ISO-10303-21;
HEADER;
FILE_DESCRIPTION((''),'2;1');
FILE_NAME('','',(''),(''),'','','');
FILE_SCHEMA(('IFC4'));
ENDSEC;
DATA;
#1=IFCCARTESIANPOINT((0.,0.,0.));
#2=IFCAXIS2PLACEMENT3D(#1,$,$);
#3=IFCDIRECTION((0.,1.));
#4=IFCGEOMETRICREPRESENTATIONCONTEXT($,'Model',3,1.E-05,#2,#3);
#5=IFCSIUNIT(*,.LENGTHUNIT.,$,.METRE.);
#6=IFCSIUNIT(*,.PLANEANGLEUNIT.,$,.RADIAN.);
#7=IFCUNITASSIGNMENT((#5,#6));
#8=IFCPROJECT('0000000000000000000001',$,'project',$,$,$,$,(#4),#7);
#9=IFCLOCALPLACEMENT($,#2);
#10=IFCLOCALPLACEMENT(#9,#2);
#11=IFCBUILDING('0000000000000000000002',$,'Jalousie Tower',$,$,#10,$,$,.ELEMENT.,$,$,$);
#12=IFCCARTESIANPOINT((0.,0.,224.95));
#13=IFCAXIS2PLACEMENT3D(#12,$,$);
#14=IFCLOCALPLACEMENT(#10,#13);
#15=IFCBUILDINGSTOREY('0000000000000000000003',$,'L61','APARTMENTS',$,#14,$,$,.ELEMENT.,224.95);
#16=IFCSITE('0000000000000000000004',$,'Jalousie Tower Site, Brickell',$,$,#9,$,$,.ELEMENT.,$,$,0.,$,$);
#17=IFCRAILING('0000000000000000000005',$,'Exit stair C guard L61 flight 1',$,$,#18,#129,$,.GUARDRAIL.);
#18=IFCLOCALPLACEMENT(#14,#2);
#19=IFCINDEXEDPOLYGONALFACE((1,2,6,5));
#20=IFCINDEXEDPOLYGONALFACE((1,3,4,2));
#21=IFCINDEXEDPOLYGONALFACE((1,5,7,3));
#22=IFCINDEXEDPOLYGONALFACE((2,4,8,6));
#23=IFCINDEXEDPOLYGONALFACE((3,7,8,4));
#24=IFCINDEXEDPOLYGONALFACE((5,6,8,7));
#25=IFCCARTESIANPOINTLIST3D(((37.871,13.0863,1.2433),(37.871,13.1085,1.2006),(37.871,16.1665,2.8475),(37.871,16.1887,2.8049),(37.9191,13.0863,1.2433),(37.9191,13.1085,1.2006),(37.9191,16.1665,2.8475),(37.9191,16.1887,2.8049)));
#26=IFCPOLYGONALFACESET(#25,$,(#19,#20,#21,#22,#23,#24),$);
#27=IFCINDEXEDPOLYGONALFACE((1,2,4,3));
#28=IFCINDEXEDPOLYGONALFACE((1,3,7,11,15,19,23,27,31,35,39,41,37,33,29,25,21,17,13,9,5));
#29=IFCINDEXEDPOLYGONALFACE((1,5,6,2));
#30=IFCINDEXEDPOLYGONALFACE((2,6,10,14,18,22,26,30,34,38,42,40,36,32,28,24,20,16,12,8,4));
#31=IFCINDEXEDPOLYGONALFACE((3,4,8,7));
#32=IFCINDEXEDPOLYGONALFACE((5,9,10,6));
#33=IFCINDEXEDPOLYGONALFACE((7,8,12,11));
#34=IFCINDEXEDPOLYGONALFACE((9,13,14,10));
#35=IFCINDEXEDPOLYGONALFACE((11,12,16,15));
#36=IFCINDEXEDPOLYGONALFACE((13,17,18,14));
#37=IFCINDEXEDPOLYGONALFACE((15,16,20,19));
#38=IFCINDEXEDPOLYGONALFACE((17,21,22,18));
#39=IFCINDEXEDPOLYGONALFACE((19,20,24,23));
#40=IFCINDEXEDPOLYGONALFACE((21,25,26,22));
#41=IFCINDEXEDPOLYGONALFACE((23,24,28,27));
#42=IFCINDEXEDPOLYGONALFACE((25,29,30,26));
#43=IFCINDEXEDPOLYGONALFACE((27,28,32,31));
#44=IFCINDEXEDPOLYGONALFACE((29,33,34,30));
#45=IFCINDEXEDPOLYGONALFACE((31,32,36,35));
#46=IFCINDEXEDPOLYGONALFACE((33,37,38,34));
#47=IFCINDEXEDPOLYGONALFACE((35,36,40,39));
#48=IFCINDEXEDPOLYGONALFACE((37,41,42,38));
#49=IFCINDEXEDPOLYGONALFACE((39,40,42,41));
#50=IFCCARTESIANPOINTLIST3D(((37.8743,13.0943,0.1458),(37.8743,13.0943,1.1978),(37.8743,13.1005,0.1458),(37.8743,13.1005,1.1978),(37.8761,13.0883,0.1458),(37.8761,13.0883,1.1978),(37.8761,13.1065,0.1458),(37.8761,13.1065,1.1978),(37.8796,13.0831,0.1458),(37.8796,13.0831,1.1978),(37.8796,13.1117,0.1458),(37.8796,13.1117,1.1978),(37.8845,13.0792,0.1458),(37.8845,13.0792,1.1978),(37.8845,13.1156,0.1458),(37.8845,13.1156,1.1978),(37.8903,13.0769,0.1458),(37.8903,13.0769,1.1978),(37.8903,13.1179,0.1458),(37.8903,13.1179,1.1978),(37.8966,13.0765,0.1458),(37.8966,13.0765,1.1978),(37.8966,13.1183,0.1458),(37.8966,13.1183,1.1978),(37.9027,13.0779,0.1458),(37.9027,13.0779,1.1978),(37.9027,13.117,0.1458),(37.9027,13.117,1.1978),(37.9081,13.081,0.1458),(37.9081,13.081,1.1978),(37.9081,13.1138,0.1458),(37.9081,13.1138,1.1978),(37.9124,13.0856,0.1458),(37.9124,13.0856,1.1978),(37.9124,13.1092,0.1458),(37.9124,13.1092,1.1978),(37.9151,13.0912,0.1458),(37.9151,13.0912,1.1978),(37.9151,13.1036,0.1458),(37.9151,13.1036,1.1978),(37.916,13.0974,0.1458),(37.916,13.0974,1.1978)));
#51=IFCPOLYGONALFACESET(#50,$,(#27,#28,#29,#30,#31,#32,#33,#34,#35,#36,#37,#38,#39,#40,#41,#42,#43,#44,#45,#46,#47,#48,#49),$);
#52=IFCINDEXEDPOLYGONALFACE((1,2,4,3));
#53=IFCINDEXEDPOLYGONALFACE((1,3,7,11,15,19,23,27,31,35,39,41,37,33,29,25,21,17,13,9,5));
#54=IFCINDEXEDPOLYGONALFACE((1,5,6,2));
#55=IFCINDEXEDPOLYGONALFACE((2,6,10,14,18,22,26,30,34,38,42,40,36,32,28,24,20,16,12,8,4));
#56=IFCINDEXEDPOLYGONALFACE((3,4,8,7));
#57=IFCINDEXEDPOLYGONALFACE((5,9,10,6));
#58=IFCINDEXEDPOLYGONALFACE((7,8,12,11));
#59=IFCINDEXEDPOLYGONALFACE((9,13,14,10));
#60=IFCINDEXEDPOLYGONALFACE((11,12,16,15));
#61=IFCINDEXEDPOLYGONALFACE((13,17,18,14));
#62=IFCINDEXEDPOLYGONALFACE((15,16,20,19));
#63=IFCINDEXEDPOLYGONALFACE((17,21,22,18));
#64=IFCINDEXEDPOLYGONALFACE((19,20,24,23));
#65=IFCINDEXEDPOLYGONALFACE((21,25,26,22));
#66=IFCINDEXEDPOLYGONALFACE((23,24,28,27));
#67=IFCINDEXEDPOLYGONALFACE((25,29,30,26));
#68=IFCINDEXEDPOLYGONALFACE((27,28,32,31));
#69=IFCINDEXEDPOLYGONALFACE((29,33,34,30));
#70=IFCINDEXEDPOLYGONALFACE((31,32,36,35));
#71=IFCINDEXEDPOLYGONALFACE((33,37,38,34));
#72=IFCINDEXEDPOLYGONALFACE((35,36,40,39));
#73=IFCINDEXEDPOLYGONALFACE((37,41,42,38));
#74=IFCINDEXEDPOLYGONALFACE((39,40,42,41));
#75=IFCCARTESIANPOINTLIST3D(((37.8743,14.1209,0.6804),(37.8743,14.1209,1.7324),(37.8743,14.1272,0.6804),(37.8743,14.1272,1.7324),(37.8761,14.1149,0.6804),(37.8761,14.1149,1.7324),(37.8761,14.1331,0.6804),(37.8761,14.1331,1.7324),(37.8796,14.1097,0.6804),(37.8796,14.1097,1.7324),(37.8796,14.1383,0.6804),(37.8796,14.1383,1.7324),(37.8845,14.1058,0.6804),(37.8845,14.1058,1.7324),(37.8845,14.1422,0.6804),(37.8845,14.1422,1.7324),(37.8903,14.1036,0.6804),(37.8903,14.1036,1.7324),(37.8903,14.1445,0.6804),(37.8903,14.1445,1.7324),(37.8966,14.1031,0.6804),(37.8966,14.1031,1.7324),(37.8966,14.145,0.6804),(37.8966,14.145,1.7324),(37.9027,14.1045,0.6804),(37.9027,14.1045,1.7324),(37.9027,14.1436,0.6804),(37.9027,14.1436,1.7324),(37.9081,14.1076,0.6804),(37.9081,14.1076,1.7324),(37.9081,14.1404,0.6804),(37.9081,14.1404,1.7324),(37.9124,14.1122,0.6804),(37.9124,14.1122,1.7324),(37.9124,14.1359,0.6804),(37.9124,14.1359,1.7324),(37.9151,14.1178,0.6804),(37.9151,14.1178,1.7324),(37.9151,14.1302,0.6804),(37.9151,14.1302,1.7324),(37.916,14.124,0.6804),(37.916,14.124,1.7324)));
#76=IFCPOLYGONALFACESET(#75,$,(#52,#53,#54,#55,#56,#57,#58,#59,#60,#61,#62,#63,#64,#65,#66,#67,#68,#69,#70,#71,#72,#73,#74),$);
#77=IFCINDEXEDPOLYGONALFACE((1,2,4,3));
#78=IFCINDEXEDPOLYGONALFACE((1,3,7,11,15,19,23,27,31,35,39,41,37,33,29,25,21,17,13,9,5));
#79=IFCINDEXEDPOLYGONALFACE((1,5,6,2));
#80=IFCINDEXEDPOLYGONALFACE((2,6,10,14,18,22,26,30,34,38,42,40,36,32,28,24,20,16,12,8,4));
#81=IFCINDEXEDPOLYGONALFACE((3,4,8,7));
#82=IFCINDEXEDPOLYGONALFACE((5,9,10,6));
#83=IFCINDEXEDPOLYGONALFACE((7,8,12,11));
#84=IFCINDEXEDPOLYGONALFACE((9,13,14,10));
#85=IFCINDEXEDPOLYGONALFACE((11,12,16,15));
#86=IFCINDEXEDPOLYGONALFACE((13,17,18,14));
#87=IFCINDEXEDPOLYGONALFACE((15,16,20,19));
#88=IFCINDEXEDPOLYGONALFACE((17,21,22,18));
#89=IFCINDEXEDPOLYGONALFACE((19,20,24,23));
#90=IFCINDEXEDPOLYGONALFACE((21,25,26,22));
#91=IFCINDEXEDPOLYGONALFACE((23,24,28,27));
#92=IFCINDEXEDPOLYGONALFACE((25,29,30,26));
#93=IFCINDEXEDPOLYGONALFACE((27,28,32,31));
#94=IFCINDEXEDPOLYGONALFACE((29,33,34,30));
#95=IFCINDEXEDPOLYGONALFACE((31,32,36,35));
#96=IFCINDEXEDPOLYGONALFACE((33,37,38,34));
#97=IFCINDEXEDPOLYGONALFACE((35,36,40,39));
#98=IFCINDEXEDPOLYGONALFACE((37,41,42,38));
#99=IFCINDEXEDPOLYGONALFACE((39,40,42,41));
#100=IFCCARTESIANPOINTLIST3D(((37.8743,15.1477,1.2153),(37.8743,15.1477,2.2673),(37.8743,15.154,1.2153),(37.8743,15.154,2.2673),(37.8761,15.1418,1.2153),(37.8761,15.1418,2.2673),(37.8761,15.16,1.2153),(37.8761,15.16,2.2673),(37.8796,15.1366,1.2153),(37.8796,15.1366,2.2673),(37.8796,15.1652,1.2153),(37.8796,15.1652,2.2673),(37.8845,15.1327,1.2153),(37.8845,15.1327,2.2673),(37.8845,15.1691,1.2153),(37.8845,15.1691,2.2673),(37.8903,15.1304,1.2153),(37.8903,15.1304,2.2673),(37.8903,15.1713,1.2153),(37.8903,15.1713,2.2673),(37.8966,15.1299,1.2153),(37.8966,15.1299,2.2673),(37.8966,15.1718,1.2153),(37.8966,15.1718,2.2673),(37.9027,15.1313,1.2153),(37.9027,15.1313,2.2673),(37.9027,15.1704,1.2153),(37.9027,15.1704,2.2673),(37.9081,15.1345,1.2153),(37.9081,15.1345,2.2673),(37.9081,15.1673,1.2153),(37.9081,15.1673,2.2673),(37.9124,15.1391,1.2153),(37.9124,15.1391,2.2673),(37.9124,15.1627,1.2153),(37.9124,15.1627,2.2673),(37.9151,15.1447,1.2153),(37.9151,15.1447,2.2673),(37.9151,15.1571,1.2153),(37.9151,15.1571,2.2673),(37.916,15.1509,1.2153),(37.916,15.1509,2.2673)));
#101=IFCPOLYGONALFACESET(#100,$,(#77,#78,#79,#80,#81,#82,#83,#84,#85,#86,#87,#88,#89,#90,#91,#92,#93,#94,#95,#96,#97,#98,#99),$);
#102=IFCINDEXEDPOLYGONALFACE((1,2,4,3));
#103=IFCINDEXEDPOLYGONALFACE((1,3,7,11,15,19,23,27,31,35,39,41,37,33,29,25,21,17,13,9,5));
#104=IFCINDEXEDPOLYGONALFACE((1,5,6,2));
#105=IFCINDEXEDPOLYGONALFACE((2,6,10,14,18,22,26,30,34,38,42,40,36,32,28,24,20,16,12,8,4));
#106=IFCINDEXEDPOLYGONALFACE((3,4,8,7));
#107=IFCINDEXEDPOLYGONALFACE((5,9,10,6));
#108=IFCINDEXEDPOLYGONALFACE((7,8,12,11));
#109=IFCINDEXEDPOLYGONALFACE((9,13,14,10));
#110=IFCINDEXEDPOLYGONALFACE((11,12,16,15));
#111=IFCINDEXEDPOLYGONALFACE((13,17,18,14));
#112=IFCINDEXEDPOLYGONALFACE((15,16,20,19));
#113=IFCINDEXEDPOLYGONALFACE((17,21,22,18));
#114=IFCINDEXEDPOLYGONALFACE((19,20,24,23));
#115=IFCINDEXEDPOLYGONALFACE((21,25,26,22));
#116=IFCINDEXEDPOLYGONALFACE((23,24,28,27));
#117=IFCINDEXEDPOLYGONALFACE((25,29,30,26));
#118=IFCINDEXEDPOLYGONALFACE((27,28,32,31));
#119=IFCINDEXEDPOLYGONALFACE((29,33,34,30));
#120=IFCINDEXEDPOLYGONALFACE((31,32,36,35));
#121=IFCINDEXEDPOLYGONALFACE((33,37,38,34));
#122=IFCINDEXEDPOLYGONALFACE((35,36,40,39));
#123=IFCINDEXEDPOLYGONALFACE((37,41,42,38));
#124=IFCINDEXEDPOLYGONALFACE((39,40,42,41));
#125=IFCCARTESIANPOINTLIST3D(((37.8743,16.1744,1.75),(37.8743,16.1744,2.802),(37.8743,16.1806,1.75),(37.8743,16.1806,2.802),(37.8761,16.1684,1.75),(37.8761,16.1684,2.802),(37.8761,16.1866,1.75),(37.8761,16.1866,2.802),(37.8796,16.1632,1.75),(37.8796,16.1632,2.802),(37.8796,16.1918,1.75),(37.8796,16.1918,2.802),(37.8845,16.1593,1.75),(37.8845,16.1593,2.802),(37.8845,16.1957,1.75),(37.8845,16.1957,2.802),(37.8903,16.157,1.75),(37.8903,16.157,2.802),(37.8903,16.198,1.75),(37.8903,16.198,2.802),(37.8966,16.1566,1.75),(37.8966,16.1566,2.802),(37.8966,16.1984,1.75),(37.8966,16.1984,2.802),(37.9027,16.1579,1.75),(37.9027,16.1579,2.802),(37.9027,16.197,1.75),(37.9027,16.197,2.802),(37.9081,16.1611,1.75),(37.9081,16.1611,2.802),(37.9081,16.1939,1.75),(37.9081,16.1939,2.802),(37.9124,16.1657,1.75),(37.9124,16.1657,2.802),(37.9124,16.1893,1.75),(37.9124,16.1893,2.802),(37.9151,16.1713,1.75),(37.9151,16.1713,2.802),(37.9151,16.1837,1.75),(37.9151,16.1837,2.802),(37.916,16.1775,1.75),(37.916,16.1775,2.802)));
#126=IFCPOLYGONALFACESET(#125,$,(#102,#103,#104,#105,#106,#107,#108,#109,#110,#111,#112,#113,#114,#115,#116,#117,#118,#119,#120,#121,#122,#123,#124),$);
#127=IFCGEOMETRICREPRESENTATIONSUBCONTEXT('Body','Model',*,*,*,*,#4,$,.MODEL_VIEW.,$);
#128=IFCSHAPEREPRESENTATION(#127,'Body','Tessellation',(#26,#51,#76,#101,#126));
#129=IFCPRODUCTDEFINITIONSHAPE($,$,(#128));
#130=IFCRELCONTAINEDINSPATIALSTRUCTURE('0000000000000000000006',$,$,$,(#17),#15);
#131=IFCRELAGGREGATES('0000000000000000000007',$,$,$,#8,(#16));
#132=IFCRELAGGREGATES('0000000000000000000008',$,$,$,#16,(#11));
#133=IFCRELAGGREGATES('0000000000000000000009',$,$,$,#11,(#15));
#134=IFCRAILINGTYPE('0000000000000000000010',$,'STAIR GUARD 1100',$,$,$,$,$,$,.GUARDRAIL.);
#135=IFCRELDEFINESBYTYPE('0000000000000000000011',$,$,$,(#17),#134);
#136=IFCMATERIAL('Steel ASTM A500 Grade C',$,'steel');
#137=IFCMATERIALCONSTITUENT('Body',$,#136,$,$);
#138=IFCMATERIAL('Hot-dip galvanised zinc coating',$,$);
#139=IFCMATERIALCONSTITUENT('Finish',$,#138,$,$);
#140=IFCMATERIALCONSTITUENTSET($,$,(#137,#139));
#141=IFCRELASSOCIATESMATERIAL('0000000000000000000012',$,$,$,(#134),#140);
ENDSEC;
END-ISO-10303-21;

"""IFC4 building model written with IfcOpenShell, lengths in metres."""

from ifc_helpers import new_model, si_unit, direction, frame, origin, origin_2d, place, context, subcontext, project, spatial, rectangle, circle, extrude, material, constituent, constituent_set, type_object, element, save


model = new_model("IFC4")

# Units and contexts
model_context = context("Model", 3, precision=1e-05, world=origin(), true_north=direction((0.0, 1.0)))
body_context = subcontext(model_context, "Body", "Model", "MODEL_VIEW")
ifc_project = project(units=[si_unit("LENGTHUNIT", "METRE"), si_unit("PLANEANGLEUNIT", "RADIAN")], contexts=[model_context])

# Site, building, storey
site_placement = place(None, origin())
site = spatial("IfcSite", under=ifc_project, at=site_placement, Name="Jalousie Tower Site, Brickell", CompositionType="ELEMENT", RefElevation=0.0)
building_placement = place(site_placement, origin())
building = spatial("IfcBuilding", under=site, at=building_placement, Name="Jalousie Tower", CompositionType="ELEMENT")
storey_placement = place(building_placement, frame((0.0, 0.0, 224.95)))
storey = spatial("IfcBuildingStorey", under=building, at=storey_placement, Name="L61", Description="APARTMENTS", CompositionType="ELEMENT", Elevation=224.95)

# Railing
ifc_material_1 = material(Name="Steel ASTM A500 Grade C", Category="steel")
ifc_constituent_1 = constituent(ifc_material_1, Name="Body")
ifc_material_2 = material(Name="Hot-dip galvanised zinc coating")
ifc_constituent_2 = constituent(ifc_material_2, Name="Finish")
ifc_constituent_set_1 = constituent_set(constituents=[ifc_constituent_1, ifc_constituent_2])
railing_type_1 = type_object("IfcRailingType", Name="STAIR GUARD 1100", PredefinedType="GUARDRAIL", material=ifc_constituent_set_1)
railing_1_placement = place(storey_placement, frame((37.895, 13.0974, 0.1458)))
element("IfcRailing", 1, at=railing_1_placement, inside=storey, type_object=railing_type_1, Name="Exit stair C guard L61 flight 1", PredefinedType="GUARDRAIL", context=body_context, shape_type="SweptSolid", body=[
    extrude(rectangle(XDim=0.0481, YDim=0.0481, at=origin_2d()), frame((0.0, 0.0, 1.0762), z_axis=(0.0, 0.886909, 0.461944), x_axis=(-1.0, 0.0, 0.0)), (0.0, 0.0, 1.0), 3.4729),
    extrude(circle(Radius=0.021, at=origin_2d()), origin(), (0.0, 0.0, 1.0), 1.052),
    extrude(circle(Radius=0.021, at=origin_2d()), frame((0.0, 1.0266, 0.5347)), (0.0, 0.0, 1.0), 1.052),
    extrude(circle(Radius=0.021, at=origin_2d()), frame((0.0, 2.0535, 1.0696)), (0.0, 0.0, 1.0), 1.052),
    extrude(circle(Radius=0.021, at=origin_2d()), frame((0.0, 3.0801, 1.6042)), (0.0, 0.0, 1.0), 1.052),
])

save(model, "model.ifc")
